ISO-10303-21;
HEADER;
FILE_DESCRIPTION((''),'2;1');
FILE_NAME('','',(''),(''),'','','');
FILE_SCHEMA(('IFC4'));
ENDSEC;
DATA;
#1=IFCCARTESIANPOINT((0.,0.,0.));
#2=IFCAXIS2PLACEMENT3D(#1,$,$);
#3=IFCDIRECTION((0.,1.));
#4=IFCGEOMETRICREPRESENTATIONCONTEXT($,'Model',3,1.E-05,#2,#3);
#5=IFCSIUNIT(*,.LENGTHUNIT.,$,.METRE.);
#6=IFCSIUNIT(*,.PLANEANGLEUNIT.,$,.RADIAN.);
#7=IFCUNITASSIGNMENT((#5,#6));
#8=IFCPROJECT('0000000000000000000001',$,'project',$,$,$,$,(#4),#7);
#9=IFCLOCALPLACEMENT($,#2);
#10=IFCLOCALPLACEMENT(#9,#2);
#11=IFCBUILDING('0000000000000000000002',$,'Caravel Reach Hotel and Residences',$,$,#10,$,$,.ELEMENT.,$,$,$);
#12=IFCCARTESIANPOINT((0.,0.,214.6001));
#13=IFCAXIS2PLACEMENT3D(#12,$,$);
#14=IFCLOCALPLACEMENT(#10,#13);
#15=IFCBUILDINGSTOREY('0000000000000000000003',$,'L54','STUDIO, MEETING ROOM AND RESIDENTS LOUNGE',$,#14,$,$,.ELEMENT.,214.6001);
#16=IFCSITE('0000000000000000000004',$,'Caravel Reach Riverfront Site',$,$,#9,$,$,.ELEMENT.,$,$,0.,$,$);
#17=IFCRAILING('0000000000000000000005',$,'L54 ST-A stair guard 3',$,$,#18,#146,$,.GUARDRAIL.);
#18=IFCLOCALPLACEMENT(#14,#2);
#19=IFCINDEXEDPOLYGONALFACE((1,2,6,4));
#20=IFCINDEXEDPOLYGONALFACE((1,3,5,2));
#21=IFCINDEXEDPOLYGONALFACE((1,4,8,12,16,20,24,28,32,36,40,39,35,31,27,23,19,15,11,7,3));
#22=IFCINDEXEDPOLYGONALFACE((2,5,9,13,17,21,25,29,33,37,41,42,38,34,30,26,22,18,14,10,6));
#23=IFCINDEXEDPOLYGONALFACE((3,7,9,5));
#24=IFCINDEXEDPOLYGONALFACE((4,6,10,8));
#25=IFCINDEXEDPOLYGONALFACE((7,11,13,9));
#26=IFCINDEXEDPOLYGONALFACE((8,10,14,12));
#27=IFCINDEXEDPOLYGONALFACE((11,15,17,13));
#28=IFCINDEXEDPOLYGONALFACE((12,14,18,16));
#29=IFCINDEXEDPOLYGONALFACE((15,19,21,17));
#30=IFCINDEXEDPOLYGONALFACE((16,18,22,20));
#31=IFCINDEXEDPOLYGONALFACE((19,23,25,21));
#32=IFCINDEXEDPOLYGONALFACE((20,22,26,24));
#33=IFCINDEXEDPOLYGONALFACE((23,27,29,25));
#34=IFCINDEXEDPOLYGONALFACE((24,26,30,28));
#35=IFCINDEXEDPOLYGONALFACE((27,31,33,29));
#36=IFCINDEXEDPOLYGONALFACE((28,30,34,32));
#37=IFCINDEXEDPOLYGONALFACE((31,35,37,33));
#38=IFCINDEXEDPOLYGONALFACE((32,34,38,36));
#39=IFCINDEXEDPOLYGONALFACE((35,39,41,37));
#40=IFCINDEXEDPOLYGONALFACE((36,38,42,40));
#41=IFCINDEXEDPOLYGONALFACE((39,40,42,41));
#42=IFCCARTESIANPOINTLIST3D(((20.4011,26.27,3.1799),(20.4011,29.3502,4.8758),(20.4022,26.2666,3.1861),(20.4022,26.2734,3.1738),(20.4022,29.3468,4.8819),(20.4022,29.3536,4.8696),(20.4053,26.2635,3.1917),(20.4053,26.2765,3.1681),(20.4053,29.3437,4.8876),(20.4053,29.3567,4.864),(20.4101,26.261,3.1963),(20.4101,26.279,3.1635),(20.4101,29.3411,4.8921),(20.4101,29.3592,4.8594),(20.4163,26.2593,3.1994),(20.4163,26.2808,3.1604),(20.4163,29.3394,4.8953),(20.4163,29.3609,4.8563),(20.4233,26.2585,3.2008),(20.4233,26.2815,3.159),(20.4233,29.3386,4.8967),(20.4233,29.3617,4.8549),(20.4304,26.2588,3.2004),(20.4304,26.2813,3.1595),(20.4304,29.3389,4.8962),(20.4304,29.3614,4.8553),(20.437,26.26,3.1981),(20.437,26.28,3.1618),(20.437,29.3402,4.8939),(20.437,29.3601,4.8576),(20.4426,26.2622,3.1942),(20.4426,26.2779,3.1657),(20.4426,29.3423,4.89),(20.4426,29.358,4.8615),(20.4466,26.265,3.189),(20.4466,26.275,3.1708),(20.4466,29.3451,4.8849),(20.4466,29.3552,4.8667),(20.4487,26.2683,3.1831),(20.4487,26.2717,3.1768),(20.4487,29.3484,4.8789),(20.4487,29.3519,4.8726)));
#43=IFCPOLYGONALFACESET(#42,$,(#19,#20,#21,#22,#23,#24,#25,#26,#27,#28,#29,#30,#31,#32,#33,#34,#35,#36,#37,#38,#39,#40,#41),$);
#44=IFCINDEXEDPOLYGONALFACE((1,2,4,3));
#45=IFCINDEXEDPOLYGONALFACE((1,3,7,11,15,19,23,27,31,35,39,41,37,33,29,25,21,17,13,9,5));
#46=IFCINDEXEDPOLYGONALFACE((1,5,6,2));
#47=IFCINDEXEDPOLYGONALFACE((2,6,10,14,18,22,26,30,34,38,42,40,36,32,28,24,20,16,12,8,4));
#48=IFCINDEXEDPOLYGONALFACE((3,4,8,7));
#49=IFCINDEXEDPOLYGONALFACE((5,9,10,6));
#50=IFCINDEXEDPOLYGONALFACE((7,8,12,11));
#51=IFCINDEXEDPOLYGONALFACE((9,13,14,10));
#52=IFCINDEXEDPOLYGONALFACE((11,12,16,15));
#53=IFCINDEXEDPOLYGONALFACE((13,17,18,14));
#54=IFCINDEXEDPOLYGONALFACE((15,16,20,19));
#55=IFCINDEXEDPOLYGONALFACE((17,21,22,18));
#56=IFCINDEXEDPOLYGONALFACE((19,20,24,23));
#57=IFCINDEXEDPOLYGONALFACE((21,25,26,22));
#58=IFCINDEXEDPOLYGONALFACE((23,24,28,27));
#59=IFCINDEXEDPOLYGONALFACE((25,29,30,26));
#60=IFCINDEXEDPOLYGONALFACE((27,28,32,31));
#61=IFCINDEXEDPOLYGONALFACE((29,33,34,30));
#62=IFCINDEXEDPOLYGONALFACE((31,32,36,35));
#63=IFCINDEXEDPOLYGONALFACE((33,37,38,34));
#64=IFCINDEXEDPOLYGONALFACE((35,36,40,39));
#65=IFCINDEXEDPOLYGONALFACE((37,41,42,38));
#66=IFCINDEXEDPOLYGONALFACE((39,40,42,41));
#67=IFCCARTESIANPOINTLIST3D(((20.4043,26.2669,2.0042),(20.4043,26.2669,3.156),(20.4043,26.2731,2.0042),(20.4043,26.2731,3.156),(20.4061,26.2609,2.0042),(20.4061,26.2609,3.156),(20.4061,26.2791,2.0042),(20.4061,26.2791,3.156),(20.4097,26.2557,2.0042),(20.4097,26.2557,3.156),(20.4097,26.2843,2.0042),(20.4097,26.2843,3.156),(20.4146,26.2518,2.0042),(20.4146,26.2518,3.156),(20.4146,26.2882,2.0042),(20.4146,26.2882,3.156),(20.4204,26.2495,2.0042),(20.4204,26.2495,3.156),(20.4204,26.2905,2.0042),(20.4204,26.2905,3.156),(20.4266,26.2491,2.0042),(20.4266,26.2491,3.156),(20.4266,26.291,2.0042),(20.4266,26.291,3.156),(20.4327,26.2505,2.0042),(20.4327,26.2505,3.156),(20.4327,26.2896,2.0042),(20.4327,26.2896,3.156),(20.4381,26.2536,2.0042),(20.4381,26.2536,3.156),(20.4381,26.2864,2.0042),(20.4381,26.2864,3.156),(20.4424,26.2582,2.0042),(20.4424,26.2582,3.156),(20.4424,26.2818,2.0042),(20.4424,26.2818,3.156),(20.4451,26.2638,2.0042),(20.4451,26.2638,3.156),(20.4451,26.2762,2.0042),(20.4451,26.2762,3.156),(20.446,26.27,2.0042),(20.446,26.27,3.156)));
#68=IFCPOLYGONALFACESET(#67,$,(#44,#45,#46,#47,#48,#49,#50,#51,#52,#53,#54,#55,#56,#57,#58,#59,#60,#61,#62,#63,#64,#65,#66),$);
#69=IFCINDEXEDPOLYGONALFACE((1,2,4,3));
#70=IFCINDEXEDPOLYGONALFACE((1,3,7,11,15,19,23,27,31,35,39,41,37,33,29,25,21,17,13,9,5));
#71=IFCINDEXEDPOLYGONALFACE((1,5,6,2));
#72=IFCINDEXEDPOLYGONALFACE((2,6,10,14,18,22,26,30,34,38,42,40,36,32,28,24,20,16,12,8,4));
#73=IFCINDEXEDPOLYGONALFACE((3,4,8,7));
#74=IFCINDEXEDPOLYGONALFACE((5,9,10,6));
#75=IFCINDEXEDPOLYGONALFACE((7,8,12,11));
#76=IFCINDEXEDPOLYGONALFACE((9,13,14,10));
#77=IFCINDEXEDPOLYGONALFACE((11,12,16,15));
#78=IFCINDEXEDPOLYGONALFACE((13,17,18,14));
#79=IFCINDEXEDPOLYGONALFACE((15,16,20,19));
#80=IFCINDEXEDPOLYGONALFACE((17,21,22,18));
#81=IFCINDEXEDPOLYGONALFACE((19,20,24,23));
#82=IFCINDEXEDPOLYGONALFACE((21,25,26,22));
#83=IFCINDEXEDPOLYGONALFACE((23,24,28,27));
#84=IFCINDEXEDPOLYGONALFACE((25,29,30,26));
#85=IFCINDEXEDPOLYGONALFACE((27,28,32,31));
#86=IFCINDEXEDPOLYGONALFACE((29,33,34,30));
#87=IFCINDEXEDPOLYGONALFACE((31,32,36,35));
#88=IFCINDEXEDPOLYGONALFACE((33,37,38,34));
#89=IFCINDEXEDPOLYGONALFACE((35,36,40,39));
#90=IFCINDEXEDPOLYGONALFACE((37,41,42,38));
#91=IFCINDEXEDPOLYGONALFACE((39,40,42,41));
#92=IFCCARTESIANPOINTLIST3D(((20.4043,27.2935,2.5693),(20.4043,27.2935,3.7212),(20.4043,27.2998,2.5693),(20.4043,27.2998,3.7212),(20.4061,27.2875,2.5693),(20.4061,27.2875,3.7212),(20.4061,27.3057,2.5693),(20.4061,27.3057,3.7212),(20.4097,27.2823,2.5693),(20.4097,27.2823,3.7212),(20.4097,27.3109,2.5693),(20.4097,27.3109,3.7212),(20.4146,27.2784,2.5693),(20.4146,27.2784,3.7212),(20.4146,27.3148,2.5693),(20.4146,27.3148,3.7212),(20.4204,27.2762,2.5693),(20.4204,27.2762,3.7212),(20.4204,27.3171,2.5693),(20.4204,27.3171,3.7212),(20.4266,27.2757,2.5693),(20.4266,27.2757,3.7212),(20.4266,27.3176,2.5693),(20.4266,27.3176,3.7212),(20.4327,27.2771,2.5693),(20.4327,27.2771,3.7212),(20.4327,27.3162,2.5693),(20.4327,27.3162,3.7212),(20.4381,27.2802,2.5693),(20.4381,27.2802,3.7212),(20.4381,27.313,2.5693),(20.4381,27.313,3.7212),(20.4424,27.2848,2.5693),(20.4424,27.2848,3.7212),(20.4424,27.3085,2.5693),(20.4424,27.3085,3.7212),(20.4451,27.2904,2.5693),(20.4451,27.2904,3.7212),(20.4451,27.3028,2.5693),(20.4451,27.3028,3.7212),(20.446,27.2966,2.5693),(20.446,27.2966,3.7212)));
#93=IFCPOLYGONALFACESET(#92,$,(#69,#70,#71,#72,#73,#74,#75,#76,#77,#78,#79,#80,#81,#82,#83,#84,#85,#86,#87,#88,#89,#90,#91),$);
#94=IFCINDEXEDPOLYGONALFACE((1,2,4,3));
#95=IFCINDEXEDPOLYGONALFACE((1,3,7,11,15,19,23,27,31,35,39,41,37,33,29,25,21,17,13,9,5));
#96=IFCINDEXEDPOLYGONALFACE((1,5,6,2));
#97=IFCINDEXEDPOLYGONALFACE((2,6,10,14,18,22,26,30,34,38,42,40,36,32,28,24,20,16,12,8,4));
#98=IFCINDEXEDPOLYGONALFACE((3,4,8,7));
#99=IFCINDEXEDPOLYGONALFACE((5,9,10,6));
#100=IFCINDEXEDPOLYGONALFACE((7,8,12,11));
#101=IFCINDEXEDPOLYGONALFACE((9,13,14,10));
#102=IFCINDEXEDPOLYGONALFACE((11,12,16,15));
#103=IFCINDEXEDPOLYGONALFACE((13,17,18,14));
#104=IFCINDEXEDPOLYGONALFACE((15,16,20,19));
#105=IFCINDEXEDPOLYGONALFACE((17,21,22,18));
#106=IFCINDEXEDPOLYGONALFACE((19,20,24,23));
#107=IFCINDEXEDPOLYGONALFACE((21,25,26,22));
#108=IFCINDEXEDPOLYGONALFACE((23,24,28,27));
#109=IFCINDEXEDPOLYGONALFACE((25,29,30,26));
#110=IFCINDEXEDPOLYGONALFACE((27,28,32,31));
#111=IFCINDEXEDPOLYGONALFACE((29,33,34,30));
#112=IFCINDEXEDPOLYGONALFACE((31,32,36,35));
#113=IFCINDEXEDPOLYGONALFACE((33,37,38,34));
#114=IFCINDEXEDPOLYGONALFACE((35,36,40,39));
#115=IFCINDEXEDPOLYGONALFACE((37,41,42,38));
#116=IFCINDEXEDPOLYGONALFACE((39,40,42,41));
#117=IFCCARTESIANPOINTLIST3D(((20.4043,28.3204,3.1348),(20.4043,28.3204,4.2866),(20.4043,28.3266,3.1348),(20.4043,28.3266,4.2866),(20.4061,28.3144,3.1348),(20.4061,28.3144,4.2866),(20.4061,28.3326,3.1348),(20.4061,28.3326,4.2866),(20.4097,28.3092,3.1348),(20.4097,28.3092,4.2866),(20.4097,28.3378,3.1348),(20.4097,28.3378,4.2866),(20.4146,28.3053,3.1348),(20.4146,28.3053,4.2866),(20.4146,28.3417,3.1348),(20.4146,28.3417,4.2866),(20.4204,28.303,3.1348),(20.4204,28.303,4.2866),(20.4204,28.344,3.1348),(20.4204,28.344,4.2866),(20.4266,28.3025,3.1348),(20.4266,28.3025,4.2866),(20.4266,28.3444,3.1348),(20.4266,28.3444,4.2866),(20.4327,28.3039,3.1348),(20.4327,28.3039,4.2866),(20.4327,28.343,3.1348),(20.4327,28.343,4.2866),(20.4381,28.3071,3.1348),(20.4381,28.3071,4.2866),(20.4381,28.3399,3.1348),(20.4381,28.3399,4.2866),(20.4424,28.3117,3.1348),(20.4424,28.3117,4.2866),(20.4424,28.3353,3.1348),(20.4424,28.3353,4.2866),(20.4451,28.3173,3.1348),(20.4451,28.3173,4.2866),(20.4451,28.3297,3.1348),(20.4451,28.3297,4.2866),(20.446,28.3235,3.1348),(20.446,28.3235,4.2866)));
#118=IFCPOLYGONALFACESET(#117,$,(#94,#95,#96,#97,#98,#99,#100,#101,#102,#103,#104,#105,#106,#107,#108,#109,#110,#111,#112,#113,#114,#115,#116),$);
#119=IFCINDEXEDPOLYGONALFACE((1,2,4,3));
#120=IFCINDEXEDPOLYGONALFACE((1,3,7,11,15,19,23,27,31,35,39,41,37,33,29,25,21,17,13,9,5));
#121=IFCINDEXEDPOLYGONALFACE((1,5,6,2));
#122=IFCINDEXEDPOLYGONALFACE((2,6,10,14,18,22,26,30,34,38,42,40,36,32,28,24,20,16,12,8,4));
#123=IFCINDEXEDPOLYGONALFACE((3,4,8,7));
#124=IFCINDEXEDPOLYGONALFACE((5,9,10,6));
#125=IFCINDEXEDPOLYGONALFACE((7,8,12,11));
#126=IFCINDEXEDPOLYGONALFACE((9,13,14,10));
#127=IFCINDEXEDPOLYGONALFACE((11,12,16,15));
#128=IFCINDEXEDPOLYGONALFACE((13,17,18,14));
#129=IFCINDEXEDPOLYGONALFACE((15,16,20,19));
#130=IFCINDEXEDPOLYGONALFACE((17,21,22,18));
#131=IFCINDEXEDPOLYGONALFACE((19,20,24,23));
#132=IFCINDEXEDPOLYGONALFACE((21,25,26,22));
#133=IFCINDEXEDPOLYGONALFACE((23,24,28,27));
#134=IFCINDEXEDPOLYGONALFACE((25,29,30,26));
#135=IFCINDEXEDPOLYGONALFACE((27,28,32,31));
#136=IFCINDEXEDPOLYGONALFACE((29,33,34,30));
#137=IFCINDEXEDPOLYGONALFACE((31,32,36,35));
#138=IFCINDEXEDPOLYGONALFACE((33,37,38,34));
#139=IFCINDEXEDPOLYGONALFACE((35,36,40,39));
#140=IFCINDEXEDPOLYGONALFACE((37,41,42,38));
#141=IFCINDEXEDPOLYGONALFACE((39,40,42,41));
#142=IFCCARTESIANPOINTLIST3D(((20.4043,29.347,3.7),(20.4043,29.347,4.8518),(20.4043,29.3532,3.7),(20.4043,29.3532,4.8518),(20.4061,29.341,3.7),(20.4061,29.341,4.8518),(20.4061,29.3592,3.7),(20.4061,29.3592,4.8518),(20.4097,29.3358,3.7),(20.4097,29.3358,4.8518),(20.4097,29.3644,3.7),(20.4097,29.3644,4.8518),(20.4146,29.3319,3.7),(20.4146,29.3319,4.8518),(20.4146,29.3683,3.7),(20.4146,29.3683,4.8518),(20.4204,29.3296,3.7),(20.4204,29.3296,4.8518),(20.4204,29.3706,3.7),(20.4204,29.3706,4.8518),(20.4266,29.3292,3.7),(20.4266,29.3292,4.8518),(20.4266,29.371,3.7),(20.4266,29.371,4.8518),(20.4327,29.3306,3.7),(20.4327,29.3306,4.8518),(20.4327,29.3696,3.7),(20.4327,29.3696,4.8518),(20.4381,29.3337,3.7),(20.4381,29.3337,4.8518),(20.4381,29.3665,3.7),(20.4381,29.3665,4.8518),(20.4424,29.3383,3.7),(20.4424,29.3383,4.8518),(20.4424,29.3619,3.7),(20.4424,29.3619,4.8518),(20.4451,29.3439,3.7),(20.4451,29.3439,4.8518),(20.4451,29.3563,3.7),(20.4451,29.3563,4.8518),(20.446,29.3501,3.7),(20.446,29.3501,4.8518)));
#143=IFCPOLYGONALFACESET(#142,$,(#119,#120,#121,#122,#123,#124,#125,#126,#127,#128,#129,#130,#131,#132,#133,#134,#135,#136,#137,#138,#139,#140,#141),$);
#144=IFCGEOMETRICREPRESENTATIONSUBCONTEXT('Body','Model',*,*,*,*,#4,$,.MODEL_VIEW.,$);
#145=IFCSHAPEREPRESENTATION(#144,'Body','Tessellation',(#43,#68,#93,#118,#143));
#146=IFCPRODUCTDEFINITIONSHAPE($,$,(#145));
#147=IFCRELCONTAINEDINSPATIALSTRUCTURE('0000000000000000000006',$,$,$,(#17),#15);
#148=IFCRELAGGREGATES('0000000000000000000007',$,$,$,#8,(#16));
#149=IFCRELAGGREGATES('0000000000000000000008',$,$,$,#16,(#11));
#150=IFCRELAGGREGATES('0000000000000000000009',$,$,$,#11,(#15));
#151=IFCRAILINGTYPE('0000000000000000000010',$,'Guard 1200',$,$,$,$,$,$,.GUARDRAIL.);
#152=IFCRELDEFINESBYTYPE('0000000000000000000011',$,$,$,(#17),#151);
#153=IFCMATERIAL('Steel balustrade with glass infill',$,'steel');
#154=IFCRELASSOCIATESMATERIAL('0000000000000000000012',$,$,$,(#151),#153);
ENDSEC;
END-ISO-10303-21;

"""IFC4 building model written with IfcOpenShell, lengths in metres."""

from ifc_helpers import new_model, si_unit, direction, frame, origin, origin_2d, place, context, subcontext, project, spatial, circle, extrude, material, type_object, element, save


model = new_model("IFC4")

# Units and contexts
model_context = context("Model", 3, precision=1e-05, world=origin(), true_north=direction((0.0, 1.0)))
body_context = subcontext(model_context, "Body", "Model", "MODEL_VIEW")
ifc_project = project(units=[si_unit("LENGTHUNIT", "METRE"), si_unit("PLANEANGLEUNIT", "RADIAN")], contexts=[model_context])

# Site, building, storey
site_placement = place(None, origin())
site = spatial("IfcSite", under=ifc_project, at=site_placement, Name="Caravel Reach Riverfront Site", CompositionType="ELEMENT", RefElevation=0.0)
building_placement = place(site_placement, origin())
building = spatial("IfcBuilding", under=site, at=building_placement, Name="Caravel Reach Hotel and Residences", CompositionType="ELEMENT")
storey_placement = place(building_placement, frame((0.0, 0.0, 214.6001)))
storey = spatial("IfcBuildingStorey", under=building, at=storey_placement, Name="L54", Description="STUDIO, MEETING ROOM AND RESIDENTS LOUNGE", CompositionType="ELEMENT", Elevation=214.6001)

# Railing
ifc_material_1 = material(Name="Steel balustrade with glass infill", Category="steel")
railing_type_1 = type_object("IfcRailingType", Name="Guard 1200", PredefinedType="GUARDRAIL", material=ifc_material_1)
railing_1_placement = place(storey_placement, frame((20.425, 26.27, 2.0042)))
element("IfcRailing", 1, at=railing_1_placement, inside=storey, type_object=railing_type_1, Name="L54 ST-A stair guard 3", PredefinedType="GUARDRAIL", context=body_context, shape_type="SweptSolid", body=[
    extrude(circle(Radius=0.0239, at=origin_2d()), frame((0.0, 0.0, 1.1758), z_axis=(0.0, 0.876005, 0.482303), x_axis=(-1.0, 0.0, 0.0)), (0.0, 0.0, 1.0), 3.5161),
    extrude(circle(Radius=0.021, at=origin_2d()), origin(), (0.0, 0.0, 1.0), 1.1519),
    extrude(circle(Radius=0.021, at=origin_2d()), frame((0.0, 1.0266, 0.5652)), (0.0, 0.0, 1.0), 1.1519),
    extrude(circle(Radius=0.021, at=origin_2d()), frame((0.0, 2.0535, 1.1306)), (0.0, 0.0, 1.0), 1.1519),
    extrude(circle(Radius=0.021, at=origin_2d()), frame((0.0, 3.0801, 1.6958)), (0.0, 0.0, 1.0), 1.1519),
])

save(model, "model.ifc")
